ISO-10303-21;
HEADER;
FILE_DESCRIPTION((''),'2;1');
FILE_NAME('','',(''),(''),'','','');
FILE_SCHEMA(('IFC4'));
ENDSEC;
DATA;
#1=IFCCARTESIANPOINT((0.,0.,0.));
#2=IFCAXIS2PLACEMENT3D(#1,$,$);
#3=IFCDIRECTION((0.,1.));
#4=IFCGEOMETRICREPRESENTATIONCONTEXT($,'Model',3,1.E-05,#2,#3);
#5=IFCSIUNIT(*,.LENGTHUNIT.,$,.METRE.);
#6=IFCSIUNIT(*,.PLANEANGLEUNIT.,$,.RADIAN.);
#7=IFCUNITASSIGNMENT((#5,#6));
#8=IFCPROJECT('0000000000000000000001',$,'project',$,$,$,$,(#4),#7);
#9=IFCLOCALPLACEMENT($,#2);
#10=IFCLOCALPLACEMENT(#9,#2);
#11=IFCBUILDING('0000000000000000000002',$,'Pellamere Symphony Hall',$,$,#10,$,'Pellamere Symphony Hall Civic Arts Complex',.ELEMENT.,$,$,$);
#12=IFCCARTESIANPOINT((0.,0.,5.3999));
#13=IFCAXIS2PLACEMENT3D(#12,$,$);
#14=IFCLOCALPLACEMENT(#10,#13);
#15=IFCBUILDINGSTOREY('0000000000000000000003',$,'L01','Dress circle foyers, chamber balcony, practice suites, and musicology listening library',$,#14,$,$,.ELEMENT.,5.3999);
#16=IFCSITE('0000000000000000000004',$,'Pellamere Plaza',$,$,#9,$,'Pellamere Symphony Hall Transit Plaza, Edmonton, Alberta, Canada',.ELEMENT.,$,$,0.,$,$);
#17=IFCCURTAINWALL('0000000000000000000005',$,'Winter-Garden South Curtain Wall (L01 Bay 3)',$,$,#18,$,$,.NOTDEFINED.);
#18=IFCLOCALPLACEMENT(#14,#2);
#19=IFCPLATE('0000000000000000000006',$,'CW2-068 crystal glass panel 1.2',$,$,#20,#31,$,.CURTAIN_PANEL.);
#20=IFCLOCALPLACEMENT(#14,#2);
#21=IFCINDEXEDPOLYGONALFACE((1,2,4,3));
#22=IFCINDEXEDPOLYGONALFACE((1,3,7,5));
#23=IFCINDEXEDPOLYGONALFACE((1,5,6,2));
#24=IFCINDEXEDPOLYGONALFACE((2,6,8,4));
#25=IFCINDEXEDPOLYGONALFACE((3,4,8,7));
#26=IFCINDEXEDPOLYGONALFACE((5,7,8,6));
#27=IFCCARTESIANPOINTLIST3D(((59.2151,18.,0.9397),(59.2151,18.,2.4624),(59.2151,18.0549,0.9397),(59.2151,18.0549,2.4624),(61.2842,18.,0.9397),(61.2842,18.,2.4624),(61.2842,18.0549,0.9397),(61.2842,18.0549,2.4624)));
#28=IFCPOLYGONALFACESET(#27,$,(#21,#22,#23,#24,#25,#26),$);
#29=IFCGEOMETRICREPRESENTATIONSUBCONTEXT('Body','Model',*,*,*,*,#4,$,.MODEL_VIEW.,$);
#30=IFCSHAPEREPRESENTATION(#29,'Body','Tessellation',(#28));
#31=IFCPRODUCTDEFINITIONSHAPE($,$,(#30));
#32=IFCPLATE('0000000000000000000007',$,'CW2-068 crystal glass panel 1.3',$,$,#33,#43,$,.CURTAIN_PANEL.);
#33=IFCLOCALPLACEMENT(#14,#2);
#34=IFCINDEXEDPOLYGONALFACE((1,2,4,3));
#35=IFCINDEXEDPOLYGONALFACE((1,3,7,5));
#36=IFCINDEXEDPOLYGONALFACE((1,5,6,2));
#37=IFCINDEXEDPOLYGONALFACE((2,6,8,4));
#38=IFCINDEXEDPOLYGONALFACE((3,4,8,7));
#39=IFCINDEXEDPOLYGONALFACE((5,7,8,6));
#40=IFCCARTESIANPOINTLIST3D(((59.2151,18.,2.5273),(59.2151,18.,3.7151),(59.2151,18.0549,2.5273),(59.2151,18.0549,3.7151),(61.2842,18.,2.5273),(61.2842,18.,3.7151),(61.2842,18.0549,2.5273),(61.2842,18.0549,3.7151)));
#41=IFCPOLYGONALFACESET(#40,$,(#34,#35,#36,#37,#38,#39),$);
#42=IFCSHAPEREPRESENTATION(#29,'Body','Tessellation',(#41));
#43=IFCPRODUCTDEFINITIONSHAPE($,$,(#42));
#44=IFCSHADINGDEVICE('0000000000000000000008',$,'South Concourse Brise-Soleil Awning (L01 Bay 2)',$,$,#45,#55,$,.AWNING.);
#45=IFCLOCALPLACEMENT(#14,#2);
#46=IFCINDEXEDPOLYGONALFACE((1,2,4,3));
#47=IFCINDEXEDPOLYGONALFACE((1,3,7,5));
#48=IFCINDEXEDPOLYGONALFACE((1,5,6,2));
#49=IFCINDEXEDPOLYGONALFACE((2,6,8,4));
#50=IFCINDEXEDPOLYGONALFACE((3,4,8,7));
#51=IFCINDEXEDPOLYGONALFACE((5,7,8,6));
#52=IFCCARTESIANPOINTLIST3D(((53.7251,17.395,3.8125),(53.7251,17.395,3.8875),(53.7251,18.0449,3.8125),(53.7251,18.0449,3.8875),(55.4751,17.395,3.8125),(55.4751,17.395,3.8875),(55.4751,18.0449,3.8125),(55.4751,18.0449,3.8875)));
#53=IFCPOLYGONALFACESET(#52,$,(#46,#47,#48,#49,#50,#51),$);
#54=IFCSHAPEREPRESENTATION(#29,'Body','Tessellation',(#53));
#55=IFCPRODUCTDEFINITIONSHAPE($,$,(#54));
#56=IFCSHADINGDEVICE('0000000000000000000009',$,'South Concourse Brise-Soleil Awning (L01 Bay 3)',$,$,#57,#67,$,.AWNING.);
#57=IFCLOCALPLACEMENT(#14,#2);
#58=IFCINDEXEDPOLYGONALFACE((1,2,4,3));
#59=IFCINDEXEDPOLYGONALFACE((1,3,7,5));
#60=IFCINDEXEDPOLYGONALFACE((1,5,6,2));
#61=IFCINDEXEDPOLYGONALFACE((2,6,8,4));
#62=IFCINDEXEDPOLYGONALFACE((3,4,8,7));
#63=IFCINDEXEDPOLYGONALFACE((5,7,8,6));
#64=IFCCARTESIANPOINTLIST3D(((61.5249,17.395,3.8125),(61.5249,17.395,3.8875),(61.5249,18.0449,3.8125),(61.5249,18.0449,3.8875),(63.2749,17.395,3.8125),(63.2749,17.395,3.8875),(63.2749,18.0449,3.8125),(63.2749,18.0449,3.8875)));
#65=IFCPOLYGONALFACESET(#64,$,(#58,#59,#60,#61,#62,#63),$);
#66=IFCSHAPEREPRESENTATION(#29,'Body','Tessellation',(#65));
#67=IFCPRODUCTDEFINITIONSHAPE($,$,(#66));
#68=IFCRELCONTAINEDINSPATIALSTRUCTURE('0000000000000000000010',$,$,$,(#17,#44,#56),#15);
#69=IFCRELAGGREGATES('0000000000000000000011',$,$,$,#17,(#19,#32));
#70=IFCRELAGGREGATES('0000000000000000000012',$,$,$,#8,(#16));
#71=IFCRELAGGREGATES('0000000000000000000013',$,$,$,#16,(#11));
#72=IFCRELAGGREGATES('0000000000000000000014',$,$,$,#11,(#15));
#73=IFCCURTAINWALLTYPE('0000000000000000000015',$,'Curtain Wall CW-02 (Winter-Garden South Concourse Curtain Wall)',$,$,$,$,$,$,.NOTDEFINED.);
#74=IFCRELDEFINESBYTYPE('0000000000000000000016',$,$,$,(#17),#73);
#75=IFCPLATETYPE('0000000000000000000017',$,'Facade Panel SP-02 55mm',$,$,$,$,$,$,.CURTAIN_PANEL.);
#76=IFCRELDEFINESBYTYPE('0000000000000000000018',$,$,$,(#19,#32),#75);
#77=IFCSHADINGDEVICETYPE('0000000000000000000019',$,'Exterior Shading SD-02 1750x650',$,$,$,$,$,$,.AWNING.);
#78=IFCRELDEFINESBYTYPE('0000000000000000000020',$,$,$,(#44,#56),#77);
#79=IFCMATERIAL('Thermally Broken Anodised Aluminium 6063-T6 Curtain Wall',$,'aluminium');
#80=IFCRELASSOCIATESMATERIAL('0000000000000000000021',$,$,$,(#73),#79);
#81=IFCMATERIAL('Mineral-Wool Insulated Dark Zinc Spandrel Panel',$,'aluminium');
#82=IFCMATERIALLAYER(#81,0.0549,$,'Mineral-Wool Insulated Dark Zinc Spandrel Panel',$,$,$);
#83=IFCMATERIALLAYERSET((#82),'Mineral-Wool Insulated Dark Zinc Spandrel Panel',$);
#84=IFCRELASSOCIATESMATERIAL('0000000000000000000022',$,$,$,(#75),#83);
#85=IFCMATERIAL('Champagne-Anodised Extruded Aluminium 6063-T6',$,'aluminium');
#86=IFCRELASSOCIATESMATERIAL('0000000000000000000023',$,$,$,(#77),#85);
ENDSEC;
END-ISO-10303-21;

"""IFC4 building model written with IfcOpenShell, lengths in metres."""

from ifc_helpers import new_model, si_unit, direction, frame, origin, origin_2d, place, context, subcontext, project, spatial, polyline, rectangle, outline, extrude, material, layer, layer_set, type_object, element, aggregate, save


model = new_model("IFC4")

# Units and contexts
model_context = context("Model", 3, precision=1e-05, world=origin(), true_north=direction((0.0, 1.0)))
body_context = subcontext(model_context, "Body", "Model", "MODEL_VIEW")
ifc_project = project(units=[si_unit("LENGTHUNIT", "METRE"), si_unit("PLANEANGLEUNIT", "RADIAN")], contexts=[model_context])

# Site, building, storey
site_placement = place(None, origin())
site = spatial("IfcSite", under=ifc_project, at=site_placement, Name="Pellamere Plaza", LongName="Pellamere Symphony Hall Transit Plaza, Edmonton, Alberta, Canada", CompositionType="ELEMENT", RefElevation=0.0)
building_placement = place(site_placement, origin())
building = spatial("IfcBuilding", under=site, at=building_placement, Name="Pellamere Symphony Hall", LongName="Pellamere Symphony Hall Civic Arts Complex", CompositionType="ELEMENT")
storey_placement = place(building_placement, frame((0.0, 0.0, 5.3999)))
storey = spatial("IfcBuildingStorey", under=building, at=storey_placement, Name="L01", Description="Dress circle foyers, chamber balcony, practice suites, and musicology listening library", CompositionType="ELEMENT", Elevation=5.3999)

# Shared definitions
ifc_material_1 = material(Name="Thermally Broken Anodised Aluminium 6063-T6 Curtain Wall", Category="aluminium")
curtain_wall_type = type_object("IfcCurtainWallType", Name="Curtain Wall CW-02 (Winter-Garden South Concourse Curtain Wall)", PredefinedType="NOTDEFINED", material=ifc_material_1)

# Curtain wall
curtain_wall_1_placement = place(storey_placement, origin())
curtain_wall_1 = element("IfcCurtainWall", 1, at=curtain_wall_1_placement, inside=storey, type_object=curtain_wall_type, Name="Winter-Garden South Curtain Wall (L01 Bay 3)", PredefinedType="NOTDEFINED")

# Plates
ifc_material_2 = material(Name="Mineral-Wool Insulated Dark Zinc Spandrel Panel", Category="aluminium")
ifc_layer_1 = layer(ifc_material_2, 0.0549, Name="Mineral-Wool Insulated Dark Zinc Spandrel Panel")
ifc_layer_set_1 = layer_set([ifc_layer_1], Name="Mineral-Wool Insulated Dark Zinc Spandrel Panel")
plate_type_1 = type_object("IfcPlateType", Name="Facade Panel SP-02 55mm", PredefinedType="CURTAIN_PANEL", material=ifc_layer_set_1)
plate_1_placement = place(storey_placement, frame((59.2151, 18.0, 0.9397), z_axis=(0.0, -1.0, 0.0), x_axis=(1.0, 0.0, 0.0)))
plate_1 = element("IfcPlate", 2, at=plate_1_placement, type_object=plate_type_1, Name="CW2-068 crystal glass panel 1.2", PredefinedType="CURTAIN_PANEL", context=body_context, shape_type="SweptSolid", body=[
    extrude(outline(polyline([(0.0, 0.0), (2.0691, 0.0), (2.0691, 1.5227), (0.0, 1.5227), (0.0, 0.0)])), origin(), (0.0, 0.0, -1.0), 0.0549),
])
plate_2_placement = place(storey_placement, frame((59.2151, 18.0, 2.5273), z_axis=(0.0, -1.0, 0.0), x_axis=(1.0, 0.0, 0.0)))
plate_2 = element("IfcPlate", 3, at=plate_2_placement, type_object=plate_type_1, Name="CW2-068 crystal glass panel 1.3", PredefinedType="CURTAIN_PANEL", context=body_context, shape_type="SweptSolid", body=[
    extrude(outline(polyline([(0.0, 0.0), (2.0691, 0.0), (2.0691, 1.1877), (0.0, 1.1877), (0.0, 0.0)])), origin(), (0.0, 0.0, -1.0), 0.0549),
])
aggregate(curtain_wall_1, [plate_1, plate_2])

# Shading devices
ifc_material_3 = material(Name="Champagne-Anodised Extruded Aluminium 6063-T6", Category="aluminium")
shading_device_type = type_object("IfcShadingDeviceType", Name="Exterior Shading SD-02 1750x650", PredefinedType="AWNING", material=ifc_material_3)
for number, where, z_axis, x_axis, name in (
    (4, (54.6001, 17.72, 3.8125), (0.0, 0.0, 1.0), (1.0, 0.0, 0.0), "South Concourse Brise-Soleil Awning (L01 Bay 2)"),
    (5, (62.3999, 17.72, 3.8125), (0.0, 0.0, 1.0), (1.0, 0.0, 0.0), "South Concourse Brise-Soleil Awning (L01 Bay 3)"),
):
    element("IfcShadingDevice", number, at=place(storey_placement, frame(where, z_axis=z_axis, x_axis=x_axis)), inside=storey, type_object=shading_device_type, Name=name, PredefinedType="AWNING", context=body_context, shape_type="SweptSolid", body=[
        extrude(rectangle(XDim=1.75, YDim=0.6499, at=origin_2d()), origin(), (0.0, 0.0, 1.0), 0.075),
    ])

save(model, "model.ifc")
